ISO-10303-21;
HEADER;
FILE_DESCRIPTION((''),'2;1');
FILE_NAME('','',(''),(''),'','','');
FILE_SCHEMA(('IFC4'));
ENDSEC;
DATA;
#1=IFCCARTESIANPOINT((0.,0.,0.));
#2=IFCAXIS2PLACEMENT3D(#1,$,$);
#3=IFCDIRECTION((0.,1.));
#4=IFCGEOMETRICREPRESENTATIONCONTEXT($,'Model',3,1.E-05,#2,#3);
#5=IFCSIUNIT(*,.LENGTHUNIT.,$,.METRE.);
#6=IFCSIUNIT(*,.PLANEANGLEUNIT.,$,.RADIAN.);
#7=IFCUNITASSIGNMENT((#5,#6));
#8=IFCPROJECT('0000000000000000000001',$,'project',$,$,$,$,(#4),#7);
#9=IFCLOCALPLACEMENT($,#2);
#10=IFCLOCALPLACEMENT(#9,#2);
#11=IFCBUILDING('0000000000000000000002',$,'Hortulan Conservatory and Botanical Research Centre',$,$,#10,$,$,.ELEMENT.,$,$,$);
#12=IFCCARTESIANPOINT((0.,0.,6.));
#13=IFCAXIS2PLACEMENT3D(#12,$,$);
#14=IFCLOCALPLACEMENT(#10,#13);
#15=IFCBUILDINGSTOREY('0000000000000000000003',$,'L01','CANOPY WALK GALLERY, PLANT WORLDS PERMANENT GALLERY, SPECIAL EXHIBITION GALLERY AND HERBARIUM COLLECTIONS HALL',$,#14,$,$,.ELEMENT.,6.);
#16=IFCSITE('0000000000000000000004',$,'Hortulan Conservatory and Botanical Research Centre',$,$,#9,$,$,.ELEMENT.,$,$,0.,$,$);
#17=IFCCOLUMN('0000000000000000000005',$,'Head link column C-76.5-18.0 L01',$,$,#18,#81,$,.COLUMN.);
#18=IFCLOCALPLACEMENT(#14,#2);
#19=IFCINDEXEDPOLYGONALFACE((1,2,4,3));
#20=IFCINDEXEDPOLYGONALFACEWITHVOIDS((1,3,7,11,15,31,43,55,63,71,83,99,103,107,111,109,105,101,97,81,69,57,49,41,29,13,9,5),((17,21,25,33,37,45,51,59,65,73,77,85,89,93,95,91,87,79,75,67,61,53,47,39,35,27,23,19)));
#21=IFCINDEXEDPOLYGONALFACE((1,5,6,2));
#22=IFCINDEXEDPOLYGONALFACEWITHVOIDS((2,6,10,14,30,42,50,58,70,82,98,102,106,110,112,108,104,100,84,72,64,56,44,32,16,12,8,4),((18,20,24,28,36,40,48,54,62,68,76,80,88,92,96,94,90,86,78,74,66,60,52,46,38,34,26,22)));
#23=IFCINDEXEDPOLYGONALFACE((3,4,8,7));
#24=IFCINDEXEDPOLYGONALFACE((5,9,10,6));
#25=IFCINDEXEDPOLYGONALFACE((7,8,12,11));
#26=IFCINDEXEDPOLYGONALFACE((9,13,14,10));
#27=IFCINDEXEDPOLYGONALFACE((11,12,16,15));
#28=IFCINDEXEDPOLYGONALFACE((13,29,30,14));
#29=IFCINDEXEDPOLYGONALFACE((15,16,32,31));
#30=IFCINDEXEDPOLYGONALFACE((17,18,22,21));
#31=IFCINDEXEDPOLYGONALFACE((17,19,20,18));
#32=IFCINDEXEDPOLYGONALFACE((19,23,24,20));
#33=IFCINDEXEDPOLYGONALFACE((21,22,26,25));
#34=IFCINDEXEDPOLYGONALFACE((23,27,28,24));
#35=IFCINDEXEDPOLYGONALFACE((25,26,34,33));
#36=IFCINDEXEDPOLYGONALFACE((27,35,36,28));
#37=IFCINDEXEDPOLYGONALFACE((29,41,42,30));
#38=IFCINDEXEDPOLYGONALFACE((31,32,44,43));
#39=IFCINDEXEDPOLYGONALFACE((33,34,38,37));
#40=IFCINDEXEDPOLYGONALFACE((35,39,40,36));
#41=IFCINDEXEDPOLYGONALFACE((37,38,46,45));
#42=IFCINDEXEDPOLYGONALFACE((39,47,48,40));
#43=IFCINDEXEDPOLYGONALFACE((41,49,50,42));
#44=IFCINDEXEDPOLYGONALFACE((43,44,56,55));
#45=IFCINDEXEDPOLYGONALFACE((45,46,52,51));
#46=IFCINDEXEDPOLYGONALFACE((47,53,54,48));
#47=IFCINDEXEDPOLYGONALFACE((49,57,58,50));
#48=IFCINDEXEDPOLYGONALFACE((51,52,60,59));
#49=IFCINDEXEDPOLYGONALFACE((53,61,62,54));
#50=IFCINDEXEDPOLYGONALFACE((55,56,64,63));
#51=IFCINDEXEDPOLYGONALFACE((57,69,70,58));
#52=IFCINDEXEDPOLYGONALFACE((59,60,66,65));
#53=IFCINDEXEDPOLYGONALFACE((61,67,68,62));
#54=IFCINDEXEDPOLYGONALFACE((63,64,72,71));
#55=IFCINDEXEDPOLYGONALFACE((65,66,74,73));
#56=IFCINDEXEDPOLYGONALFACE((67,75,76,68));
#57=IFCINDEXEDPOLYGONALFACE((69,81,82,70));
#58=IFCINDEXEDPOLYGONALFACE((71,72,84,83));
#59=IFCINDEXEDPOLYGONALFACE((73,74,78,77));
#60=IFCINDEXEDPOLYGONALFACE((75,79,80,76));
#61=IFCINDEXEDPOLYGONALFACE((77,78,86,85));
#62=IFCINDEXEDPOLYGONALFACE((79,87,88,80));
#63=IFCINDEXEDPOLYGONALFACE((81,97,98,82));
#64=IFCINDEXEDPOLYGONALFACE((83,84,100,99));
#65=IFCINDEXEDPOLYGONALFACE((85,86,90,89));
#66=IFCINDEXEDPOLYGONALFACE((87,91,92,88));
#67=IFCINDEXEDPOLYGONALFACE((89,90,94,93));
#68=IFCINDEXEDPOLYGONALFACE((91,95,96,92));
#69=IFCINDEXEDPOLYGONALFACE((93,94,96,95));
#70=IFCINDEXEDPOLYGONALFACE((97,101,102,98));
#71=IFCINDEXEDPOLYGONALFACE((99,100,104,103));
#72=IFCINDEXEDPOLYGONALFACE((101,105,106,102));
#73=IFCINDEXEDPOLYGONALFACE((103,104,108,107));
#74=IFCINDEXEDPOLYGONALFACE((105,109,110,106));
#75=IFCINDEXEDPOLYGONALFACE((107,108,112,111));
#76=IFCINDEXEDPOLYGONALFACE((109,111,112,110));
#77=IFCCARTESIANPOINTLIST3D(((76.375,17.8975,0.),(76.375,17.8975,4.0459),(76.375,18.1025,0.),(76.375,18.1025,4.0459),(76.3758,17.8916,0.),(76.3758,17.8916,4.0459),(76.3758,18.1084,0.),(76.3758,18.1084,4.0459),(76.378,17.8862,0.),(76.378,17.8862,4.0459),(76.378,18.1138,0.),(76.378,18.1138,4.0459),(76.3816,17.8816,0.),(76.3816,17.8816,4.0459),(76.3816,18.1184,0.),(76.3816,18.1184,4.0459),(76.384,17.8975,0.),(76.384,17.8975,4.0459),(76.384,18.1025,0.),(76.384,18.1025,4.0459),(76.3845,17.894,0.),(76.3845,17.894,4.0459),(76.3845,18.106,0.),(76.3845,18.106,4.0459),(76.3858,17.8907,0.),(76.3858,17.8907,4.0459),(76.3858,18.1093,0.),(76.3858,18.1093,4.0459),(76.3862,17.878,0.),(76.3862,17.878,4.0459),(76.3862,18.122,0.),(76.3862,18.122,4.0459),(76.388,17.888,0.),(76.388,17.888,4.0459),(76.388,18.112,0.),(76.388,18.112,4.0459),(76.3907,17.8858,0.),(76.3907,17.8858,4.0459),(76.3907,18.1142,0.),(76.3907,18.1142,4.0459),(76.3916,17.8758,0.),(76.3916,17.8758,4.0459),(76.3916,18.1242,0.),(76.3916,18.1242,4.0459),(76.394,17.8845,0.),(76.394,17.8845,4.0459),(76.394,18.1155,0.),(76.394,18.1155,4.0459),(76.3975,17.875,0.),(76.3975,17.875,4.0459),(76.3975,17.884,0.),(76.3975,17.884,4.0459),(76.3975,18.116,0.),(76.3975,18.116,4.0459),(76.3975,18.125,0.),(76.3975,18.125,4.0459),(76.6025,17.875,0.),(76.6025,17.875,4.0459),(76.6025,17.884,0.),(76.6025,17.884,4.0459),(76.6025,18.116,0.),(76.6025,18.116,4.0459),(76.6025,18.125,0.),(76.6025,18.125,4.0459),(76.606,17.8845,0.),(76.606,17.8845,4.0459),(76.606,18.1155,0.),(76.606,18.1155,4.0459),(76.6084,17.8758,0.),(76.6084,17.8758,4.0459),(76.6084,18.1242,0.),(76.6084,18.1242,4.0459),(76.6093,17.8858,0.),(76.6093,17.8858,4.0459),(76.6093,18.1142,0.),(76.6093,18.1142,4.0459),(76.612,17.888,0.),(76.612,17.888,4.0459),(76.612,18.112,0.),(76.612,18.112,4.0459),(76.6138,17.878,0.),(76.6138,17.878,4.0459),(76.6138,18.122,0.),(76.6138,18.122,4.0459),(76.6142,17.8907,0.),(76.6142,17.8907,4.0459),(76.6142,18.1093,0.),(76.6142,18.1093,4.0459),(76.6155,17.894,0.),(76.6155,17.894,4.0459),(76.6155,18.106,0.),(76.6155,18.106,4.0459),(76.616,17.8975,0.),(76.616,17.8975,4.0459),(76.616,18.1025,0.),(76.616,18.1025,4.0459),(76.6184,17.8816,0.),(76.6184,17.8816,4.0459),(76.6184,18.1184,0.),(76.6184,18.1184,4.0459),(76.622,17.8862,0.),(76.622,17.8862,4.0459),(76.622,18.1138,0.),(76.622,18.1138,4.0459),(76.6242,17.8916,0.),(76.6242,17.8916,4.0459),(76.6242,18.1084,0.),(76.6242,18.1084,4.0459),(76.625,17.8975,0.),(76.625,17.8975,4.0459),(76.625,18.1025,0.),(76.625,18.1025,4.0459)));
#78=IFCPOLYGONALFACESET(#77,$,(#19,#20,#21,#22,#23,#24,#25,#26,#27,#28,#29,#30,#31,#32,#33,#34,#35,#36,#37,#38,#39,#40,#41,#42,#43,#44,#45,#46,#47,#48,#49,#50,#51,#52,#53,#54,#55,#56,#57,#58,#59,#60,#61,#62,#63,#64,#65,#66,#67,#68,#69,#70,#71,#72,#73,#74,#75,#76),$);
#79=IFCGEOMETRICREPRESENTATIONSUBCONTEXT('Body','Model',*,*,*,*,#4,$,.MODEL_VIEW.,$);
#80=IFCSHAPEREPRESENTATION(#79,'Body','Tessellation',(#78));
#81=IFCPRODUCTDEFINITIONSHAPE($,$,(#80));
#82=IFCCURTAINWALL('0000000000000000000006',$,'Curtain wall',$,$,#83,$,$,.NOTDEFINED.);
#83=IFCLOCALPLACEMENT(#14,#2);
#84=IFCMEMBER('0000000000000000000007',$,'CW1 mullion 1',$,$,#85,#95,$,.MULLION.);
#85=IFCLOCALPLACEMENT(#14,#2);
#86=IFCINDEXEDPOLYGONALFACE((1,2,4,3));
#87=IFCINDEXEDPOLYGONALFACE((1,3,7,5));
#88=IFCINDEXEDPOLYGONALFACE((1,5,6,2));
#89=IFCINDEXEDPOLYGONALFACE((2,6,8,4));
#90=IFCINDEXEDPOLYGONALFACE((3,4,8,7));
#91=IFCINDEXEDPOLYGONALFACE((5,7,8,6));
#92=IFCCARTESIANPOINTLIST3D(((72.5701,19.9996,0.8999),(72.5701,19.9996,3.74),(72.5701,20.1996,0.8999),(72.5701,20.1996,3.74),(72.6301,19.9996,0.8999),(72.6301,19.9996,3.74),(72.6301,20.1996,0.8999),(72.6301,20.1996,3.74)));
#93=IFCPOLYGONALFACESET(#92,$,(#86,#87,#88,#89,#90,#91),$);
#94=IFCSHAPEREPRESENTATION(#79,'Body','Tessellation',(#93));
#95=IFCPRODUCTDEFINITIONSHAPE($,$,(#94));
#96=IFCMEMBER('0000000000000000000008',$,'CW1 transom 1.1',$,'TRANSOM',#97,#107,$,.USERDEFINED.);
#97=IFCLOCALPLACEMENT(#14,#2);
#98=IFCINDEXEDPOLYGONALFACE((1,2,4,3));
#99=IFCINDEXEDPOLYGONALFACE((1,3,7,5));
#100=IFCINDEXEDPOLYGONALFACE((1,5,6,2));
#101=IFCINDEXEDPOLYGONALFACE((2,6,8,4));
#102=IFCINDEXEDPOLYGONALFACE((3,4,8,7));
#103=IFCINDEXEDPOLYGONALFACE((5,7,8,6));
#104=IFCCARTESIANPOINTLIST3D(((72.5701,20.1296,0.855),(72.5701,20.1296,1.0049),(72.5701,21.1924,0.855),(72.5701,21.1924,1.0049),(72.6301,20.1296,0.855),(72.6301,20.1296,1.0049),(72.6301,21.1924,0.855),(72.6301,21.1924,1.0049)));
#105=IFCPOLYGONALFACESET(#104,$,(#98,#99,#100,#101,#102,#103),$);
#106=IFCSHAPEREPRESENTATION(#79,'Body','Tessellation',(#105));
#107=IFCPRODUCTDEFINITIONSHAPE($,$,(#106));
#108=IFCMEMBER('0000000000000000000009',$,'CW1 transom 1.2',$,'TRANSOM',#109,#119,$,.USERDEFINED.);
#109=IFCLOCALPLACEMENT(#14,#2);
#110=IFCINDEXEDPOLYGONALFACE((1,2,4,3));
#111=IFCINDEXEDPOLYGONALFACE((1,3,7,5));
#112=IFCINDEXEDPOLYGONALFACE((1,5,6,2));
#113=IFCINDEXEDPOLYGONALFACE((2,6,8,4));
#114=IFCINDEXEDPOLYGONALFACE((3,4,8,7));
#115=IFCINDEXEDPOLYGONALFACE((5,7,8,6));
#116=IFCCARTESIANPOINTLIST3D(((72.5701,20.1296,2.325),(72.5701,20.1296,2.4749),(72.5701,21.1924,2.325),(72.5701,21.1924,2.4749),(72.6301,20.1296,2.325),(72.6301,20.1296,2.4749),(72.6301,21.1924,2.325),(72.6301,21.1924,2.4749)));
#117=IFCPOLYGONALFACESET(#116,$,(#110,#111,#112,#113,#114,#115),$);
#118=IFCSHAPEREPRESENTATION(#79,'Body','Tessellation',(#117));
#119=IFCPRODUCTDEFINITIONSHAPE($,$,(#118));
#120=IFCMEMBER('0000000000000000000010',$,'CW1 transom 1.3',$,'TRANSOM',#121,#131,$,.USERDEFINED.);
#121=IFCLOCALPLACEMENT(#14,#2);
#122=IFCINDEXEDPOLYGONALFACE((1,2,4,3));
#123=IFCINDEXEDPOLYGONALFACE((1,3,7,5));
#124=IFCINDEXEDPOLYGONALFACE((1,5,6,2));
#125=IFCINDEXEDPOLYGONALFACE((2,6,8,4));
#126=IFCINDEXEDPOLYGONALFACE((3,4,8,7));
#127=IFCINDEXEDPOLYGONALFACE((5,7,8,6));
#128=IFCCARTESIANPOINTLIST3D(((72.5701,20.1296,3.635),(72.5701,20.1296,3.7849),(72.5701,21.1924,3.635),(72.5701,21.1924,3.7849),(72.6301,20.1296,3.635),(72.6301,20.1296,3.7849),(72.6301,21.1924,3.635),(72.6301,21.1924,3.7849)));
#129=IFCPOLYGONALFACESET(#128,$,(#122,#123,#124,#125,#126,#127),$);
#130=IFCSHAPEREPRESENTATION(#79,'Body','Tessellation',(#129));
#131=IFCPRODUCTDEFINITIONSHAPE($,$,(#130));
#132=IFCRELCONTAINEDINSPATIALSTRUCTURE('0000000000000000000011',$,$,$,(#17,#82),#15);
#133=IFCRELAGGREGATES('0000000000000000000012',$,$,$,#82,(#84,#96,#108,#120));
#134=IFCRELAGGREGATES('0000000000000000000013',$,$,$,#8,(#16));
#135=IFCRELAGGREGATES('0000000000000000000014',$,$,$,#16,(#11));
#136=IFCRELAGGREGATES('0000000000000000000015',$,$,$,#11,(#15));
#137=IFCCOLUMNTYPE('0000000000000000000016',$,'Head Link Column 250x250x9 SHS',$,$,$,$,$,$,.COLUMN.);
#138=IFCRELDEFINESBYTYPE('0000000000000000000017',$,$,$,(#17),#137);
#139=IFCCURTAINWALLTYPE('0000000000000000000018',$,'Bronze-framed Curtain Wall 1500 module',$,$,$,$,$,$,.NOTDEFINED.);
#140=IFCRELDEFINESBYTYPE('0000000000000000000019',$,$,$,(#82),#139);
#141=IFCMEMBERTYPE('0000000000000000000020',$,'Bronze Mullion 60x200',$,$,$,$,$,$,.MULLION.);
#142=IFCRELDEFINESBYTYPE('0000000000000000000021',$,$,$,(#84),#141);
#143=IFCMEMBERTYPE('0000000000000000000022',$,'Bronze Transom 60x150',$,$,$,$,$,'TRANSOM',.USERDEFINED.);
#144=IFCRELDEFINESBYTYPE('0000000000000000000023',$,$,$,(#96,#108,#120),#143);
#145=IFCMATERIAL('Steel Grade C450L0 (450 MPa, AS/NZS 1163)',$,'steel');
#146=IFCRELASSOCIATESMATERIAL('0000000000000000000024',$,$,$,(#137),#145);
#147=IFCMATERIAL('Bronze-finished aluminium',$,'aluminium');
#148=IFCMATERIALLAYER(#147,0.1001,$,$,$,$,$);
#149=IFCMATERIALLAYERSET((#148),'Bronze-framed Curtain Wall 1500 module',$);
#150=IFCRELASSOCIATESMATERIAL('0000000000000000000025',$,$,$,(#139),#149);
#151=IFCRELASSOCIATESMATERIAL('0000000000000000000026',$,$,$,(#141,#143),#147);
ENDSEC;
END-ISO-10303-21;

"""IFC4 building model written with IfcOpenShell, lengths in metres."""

from ifc_helpers import new_model, si_unit, direction, frame, origin, origin_2d, place, context, subcontext, project, spatial, rectangle, hollow_rectangle, extrude, material, layer, layer_set, material_profile, profile_set, type_object, element, aggregate, save


model = new_model("IFC4")

# Units and contexts
model_context = context("Model", 3, precision=1e-05, world=origin(), true_north=direction((0.0, 1.0)))
body_context = subcontext(model_context, "Body", "Model", "MODEL_VIEW")
ifc_project = project(units=[si_unit("LENGTHUNIT", "METRE"), si_unit("PLANEANGLEUNIT", "RADIAN")], contexts=[model_context])

# Site, building, storey
site_placement = place(None, origin())
site = spatial("IfcSite", under=ifc_project, at=site_placement, Name="Hortulan Conservatory and Botanical Research Centre", CompositionType="ELEMENT", RefElevation=0.0)
building_placement = place(site_placement, origin())
building = spatial("IfcBuilding", under=site, at=building_placement, Name="Hortulan Conservatory and Botanical Research Centre", CompositionType="ELEMENT")
storey_placement = place(building_placement, frame((0.0, 0.0, 6.0)))
storey = spatial("IfcBuildingStorey", under=building, at=storey_placement, Name="L01", Description="CANOPY WALK GALLERY, PLANT WORLDS PERMANENT GALLERY, SPECIAL EXHIBITION GALLERY AND HERBARIUM COLLECTIONS HALL", CompositionType="ELEMENT", Elevation=6.0)

# Column
ifc_material_1 = material(Name="Steel Grade C450L0 (450 MPa, AS/NZS 1163)", Category="steel")
ifc_material_profile_1 = material_profile(ifc_material_1, hollow_rectangle(XDim=0.25, YDim=0.25, WallThickness=0.009, InnerFilletRadius=0.0134, OuterFilletRadius=0.0225, at=origin_2d()), Name="250x250x9SHS")
ifc_profile_set_1 = profile_set([ifc_material_profile_1], Name="Steel Grade C450L0 (450 MPa, AS/NZS 1163)")
column_type = type_object("IfcColumnType", Name="Head Link Column 250x250x9 SHS", PredefinedType="COLUMN", material=ifc_profile_set_1)
column_placement = place(storey_placement, frame((76.5, 18.0, 0.0), z_axis=(0.0, 0.0, 1.0), x_axis=(1.0, 0.0, 0.0)))
element("IfcColumn", 1, at=column_placement, inside=storey, type_object=column_type, Name="Head link column C-76.5-18.0 L01", PredefinedType="COLUMN", context=body_context, shape_type="SweptSolid", body=[
    extrude(hollow_rectangle(XDim=0.25, YDim=0.25, WallThickness=0.009, InnerFilletRadius=0.0134, OuterFilletRadius=0.0225, at=origin_2d()), origin(), (0.0, 0.0, 1.0), 4.0459),
])

# Curtain wall, members
ifc_material_2 = material(Name="Bronze-finished aluminium", Category="aluminium")
ifc_layer_1 = layer(ifc_material_2, 0.1001)
ifc_layer_set_1 = layer_set([ifc_layer_1], Name="Bronze-framed Curtain Wall 1500 module")
curtain_wall_type = type_object("IfcCurtainWallType", Name="Bronze-framed Curtain Wall 1500 module", PredefinedType="NOTDEFINED", material=ifc_layer_set_1)
curtain_wall_placement = place(storey_placement, origin())
curtain_wall = element("IfcCurtainWall", 2, at=curtain_wall_placement, inside=storey, type_object=curtain_wall_type, Name="Curtain wall", PredefinedType="NOTDEFINED")
ifc_material_profile_2 = material_profile(ifc_material_2, rectangle(XDim=0.0601, YDim=0.2, at=origin_2d()), Name="Bronze Mullion 60x200")
ifc_profile_set_2 = profile_set([ifc_material_profile_2], Name="Bronze-finished aluminium")
member_type_1 = type_object("IfcMemberType", Name="Bronze Mullion 60x200", PredefinedType="MULLION", material=ifc_profile_set_2)
member_1_placement = place(storey_placement, frame((72.6001, 20.0996, 0.8999), z_axis=(0.0, 0.0, 1.0), x_axis=(-1.0, 0.0, 0.0)))
member_1 = element("IfcMember", 3, at=member_1_placement, type_object=member_type_1, Name="CW1 mullion 1", PredefinedType="MULLION", context=body_context, shape_type="SweptSolid", body=[
    extrude(rectangle(XDim=0.0601, YDim=0.2, at=origin_2d()), origin(), (0.0, 0.0, 1.0), 2.8401),
])
ifc_material_profile_3 = material_profile(ifc_material_2, rectangle(XDim=0.0601, YDim=0.1499, at=origin_2d()), Name="Bronze Transom 60x150")
ifc_profile_set_3 = profile_set([ifc_material_profile_3], Name="Bronze-finished aluminium")
member_type_2 = type_object("IfcMemberType", Name="Bronze Transom 60x150", ElementType="TRANSOM", PredefinedType="USERDEFINED", material=ifc_profile_set_3)
member_2_placement = place(storey_placement, frame((72.6001, 20.1296, 0.9299), z_axis=(0.0, 1.0, 0.0), x_axis=(-1.0, 0.0, 0.0)))
member_2 = element("IfcMember", 4, at=member_2_placement, type_object=member_type_2, Name="CW1 transom 1.1", ObjectType="TRANSOM", PredefinedType="USERDEFINED", context=body_context, shape_type="SweptSolid", body=[
    extrude(rectangle(XDim=0.0601, YDim=0.1499, at=origin_2d()), origin(), (0.0, 0.0, 1.0), 1.0627),
])
member_3_placement = place(storey_placement, frame((72.6001, 20.1296, 2.3999), z_axis=(0.0, 1.0, 0.0), x_axis=(-1.0, 0.0, 0.0)))
member_3 = element("IfcMember", 5, at=member_3_placement, type_object=member_type_2, Name="CW1 transom 1.2", ObjectType="TRANSOM", PredefinedType="USERDEFINED", context=body_context, shape_type="SweptSolid", body=[
    extrude(rectangle(XDim=0.0601, YDim=0.1499, at=origin_2d()), origin(), (0.0, 0.0, 1.0), 1.0627),
])
member_4_placement = place(storey_placement, frame((72.6001, 20.1296, 3.71), z_axis=(0.0, 1.0, 0.0), x_axis=(-1.0, 0.0, 0.0)))
member_4 = element("IfcMember", 6, at=member_4_placement, type_object=member_type_2, Name="CW1 transom 1.3", ObjectType="TRANSOM", PredefinedType="USERDEFINED", context=body_context, shape_type="SweptSolid", body=[
    extrude(rectangle(XDim=0.0601, YDim=0.1499, at=origin_2d()), origin(), (0.0, 0.0, 1.0), 1.0627),
])
aggregate(curtain_wall, [member_1, member_2, member_3, member_4])

save(model, "model.ifc")
